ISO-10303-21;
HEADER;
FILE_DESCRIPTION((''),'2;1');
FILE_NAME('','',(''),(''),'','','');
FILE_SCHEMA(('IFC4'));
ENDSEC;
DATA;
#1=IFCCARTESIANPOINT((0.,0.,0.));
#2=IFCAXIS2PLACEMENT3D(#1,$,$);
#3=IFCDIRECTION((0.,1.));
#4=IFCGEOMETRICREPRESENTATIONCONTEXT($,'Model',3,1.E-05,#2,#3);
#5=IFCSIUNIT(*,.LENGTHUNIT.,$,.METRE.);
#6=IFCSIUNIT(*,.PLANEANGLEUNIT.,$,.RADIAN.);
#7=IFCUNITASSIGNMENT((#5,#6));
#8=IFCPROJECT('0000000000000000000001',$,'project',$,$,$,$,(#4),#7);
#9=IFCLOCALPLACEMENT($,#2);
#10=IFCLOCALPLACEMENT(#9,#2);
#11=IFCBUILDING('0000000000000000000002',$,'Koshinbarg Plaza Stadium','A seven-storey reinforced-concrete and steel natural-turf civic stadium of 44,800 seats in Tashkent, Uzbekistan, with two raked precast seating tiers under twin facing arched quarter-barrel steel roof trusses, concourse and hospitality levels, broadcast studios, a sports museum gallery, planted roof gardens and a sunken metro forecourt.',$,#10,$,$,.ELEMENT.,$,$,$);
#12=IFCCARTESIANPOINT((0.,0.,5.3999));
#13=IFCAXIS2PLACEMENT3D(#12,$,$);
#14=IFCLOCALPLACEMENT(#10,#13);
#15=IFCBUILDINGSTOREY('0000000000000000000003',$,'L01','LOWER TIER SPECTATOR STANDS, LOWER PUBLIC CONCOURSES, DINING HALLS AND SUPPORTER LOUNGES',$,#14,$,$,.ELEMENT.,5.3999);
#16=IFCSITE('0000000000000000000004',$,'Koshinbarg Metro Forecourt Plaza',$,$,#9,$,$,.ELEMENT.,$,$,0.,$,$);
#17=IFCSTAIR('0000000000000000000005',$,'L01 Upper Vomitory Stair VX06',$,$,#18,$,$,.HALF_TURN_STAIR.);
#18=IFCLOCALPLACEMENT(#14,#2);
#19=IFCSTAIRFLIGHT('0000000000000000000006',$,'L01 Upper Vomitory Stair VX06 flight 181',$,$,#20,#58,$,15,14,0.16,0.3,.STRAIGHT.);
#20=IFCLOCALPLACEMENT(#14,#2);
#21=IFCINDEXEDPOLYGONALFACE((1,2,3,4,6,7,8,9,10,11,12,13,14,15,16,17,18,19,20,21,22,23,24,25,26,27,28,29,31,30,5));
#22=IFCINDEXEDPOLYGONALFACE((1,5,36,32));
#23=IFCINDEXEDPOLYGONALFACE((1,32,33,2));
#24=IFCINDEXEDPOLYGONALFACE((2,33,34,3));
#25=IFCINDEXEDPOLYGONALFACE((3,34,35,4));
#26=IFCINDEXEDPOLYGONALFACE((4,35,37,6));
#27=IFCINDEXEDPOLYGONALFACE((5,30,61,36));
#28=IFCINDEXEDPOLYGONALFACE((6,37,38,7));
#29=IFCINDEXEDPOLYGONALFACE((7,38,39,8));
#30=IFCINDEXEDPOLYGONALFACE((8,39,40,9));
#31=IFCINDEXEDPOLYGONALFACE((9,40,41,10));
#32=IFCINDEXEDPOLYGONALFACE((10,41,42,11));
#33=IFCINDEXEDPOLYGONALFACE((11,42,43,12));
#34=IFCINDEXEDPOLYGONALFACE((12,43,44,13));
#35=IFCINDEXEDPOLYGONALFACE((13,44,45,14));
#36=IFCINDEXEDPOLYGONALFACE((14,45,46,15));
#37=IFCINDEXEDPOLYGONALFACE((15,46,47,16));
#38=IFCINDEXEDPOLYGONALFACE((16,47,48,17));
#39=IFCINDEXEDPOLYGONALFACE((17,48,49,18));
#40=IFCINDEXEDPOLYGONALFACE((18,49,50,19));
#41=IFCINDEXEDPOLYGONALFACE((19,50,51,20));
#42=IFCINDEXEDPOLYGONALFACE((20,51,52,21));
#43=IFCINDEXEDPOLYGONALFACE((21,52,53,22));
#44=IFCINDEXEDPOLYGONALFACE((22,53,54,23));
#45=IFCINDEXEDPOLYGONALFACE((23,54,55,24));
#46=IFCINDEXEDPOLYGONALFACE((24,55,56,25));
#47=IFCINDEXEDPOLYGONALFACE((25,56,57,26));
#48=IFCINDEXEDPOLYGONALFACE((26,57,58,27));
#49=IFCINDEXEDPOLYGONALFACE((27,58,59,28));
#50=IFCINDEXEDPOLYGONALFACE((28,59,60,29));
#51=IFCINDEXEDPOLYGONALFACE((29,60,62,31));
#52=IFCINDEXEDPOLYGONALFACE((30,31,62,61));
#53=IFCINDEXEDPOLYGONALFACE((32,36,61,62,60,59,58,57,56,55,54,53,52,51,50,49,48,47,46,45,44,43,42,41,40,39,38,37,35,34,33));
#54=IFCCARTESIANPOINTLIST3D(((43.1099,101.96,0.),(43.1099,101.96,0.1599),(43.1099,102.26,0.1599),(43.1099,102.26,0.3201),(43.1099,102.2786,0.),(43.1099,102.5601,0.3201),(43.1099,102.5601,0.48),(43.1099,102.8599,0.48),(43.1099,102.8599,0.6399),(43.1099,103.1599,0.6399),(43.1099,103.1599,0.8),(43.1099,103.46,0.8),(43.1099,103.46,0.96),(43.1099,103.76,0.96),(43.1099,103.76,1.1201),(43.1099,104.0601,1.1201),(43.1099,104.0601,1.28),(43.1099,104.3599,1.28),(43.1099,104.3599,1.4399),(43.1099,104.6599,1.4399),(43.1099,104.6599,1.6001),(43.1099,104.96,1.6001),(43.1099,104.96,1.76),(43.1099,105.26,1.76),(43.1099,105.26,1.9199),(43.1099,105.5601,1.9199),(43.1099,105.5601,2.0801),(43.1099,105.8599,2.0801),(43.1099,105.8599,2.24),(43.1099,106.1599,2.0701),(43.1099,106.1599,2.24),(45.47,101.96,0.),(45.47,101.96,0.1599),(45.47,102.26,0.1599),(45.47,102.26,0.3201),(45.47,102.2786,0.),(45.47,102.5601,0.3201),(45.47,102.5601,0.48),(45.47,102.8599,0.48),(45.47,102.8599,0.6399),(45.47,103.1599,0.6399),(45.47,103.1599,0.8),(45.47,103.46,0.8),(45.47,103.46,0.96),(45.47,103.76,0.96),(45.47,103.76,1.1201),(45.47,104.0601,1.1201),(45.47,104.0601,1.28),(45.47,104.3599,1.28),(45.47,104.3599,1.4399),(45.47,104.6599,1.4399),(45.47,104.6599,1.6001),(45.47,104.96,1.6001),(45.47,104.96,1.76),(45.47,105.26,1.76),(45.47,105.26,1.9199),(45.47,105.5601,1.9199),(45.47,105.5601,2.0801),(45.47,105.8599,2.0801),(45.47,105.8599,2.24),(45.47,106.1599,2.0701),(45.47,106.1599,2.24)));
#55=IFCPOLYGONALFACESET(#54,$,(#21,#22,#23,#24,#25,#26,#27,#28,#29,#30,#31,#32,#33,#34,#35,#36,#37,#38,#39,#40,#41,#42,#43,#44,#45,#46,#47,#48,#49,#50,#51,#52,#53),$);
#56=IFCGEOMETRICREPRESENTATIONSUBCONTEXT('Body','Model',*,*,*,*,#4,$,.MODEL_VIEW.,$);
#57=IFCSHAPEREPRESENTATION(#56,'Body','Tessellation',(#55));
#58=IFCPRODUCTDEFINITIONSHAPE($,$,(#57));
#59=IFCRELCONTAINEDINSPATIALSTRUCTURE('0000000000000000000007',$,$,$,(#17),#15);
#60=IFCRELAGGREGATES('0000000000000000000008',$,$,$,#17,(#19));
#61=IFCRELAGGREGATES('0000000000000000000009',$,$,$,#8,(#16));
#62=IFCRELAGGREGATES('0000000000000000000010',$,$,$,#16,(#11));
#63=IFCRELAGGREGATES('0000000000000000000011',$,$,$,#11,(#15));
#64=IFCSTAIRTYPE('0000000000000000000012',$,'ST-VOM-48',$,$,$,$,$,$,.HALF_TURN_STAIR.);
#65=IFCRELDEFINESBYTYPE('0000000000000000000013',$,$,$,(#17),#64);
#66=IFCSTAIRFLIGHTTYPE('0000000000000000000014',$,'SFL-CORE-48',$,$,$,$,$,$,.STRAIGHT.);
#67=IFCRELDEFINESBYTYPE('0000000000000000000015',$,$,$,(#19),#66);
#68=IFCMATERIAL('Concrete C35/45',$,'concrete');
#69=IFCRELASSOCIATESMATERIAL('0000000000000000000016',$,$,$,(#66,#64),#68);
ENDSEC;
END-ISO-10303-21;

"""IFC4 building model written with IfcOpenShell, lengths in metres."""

from ifc_helpers import new_model, si_unit, direction, frame, origin, place, context, subcontext, project, spatial, polyline, outline, extrude, material, type_object, element, aggregate, save


model = new_model("IFC4")

# Units and contexts
model_context = context("Model", 3, precision=1e-05, world=origin(), true_north=direction((0.0, 1.0)))
body_context = subcontext(model_context, "Body", "Model", "MODEL_VIEW")
ifc_project = project(units=[si_unit("LENGTHUNIT", "METRE"), si_unit("PLANEANGLEUNIT", "RADIAN")], contexts=[model_context])

# Site, building, storey
site_placement = place(None, origin())
site = spatial("IfcSite", under=ifc_project, at=site_placement, Name="Koshinbarg Metro Forecourt Plaza", CompositionType="ELEMENT", RefElevation=0.0)
building_placement = place(site_placement, origin())
building = spatial("IfcBuilding", under=site, at=building_placement, Name="Koshinbarg Plaza Stadium", Description="A seven-storey reinforced-concrete and steel natural-turf civic stadium of 44,800 seats in Tashkent, Uzbekistan, with two raked precast seating tiers under twin facing arched quarter-barrel steel roof trusses, concourse and hospitality levels, broadcast studios, a sports museum gallery, planted roof gardens and a sunken metro forecourt.", CompositionType="ELEMENT")
storey_placement = place(building_placement, frame((0.0, 0.0, 5.3999)))
storey = spatial("IfcBuildingStorey", under=building, at=storey_placement, Name="L01", Description="LOWER TIER SPECTATOR STANDS, LOWER PUBLIC CONCOURSES, DINING HALLS AND SUPPORTER LOUNGES", CompositionType="ELEMENT", Elevation=5.3999)

# Stair, stair flight
ifc_material_1 = material(Name="Concrete C35/45", Category="concrete")
stair_flight_type = type_object("IfcStairFlightType", Name="SFL-CORE-48", PredefinedType="STRAIGHT", material=ifc_material_1)
stair_type_1 = type_object("IfcStairType", Name="ST-VOM-48", PredefinedType="HALF_TURN_STAIR", material=ifc_material_1)
stair_1_placement = place(storey_placement, origin())
stair_1 = element("IfcStair", 1, at=stair_1_placement, inside=storey, type_object=stair_type_1, Name="L01 Upper Vomitory Stair VX06", PredefinedType="HALF_TURN_STAIR")
stair_flight_1_placement = place(storey_placement, frame((44.29, 101.96, 0.0), z_axis=(0.0, 0.0, 1.0), x_axis=(0.0, 1.0, 0.0)))
stair_flight_1 = element("IfcStairFlight", 2, at=stair_flight_1_placement, type_object=stair_flight_type, Name="L01 Upper Vomitory Stair VX06 flight 181", NumberOfRisers=15, NumberOfTreads=14, PredefinedType="STRAIGHT", RiserHeight=0.16, TreadLength=0.3, context=body_context, shape_type="SweptSolid", body=[
    extrude(outline(polyline([(0.0, 0.0), (0.0, 0.1599), (0.3, 0.1599), (0.3, 0.3201), (0.6001, 0.3201), (0.6001, 0.48), (0.8999, 0.48), (0.8999, 0.6399), (1.2, 0.6399), (1.2, 0.8), (1.5, 0.8), (1.5, 0.96), (1.8, 0.96), (1.8, 1.1201), (2.1001, 1.1201), (2.1001, 1.28), (2.3999, 1.28), (2.3999, 1.4399), (2.7, 1.4399), (2.7, 1.6001), (3.0, 1.6001), (3.0, 1.76), (3.3, 1.76), (3.3, 1.9199), (3.6001, 1.9199), (3.6001, 2.0801), (3.8999, 2.0801), (3.8999, 2.24), (4.2, 2.24), (4.2, 2.3999), (4.2, 2.0701), (0.3186, 0.0), (0.0, 0.0)])), frame((0.0, 1.1802, 0.0), z_axis=(0.0, -1.0, 0.0), x_axis=(1.0, 0.0, 0.0)), (0.0, 0.0, 1.0), 2.3601),
])
aggregate(stair_1, [stair_flight_1])

save(model, "model.ifc")
